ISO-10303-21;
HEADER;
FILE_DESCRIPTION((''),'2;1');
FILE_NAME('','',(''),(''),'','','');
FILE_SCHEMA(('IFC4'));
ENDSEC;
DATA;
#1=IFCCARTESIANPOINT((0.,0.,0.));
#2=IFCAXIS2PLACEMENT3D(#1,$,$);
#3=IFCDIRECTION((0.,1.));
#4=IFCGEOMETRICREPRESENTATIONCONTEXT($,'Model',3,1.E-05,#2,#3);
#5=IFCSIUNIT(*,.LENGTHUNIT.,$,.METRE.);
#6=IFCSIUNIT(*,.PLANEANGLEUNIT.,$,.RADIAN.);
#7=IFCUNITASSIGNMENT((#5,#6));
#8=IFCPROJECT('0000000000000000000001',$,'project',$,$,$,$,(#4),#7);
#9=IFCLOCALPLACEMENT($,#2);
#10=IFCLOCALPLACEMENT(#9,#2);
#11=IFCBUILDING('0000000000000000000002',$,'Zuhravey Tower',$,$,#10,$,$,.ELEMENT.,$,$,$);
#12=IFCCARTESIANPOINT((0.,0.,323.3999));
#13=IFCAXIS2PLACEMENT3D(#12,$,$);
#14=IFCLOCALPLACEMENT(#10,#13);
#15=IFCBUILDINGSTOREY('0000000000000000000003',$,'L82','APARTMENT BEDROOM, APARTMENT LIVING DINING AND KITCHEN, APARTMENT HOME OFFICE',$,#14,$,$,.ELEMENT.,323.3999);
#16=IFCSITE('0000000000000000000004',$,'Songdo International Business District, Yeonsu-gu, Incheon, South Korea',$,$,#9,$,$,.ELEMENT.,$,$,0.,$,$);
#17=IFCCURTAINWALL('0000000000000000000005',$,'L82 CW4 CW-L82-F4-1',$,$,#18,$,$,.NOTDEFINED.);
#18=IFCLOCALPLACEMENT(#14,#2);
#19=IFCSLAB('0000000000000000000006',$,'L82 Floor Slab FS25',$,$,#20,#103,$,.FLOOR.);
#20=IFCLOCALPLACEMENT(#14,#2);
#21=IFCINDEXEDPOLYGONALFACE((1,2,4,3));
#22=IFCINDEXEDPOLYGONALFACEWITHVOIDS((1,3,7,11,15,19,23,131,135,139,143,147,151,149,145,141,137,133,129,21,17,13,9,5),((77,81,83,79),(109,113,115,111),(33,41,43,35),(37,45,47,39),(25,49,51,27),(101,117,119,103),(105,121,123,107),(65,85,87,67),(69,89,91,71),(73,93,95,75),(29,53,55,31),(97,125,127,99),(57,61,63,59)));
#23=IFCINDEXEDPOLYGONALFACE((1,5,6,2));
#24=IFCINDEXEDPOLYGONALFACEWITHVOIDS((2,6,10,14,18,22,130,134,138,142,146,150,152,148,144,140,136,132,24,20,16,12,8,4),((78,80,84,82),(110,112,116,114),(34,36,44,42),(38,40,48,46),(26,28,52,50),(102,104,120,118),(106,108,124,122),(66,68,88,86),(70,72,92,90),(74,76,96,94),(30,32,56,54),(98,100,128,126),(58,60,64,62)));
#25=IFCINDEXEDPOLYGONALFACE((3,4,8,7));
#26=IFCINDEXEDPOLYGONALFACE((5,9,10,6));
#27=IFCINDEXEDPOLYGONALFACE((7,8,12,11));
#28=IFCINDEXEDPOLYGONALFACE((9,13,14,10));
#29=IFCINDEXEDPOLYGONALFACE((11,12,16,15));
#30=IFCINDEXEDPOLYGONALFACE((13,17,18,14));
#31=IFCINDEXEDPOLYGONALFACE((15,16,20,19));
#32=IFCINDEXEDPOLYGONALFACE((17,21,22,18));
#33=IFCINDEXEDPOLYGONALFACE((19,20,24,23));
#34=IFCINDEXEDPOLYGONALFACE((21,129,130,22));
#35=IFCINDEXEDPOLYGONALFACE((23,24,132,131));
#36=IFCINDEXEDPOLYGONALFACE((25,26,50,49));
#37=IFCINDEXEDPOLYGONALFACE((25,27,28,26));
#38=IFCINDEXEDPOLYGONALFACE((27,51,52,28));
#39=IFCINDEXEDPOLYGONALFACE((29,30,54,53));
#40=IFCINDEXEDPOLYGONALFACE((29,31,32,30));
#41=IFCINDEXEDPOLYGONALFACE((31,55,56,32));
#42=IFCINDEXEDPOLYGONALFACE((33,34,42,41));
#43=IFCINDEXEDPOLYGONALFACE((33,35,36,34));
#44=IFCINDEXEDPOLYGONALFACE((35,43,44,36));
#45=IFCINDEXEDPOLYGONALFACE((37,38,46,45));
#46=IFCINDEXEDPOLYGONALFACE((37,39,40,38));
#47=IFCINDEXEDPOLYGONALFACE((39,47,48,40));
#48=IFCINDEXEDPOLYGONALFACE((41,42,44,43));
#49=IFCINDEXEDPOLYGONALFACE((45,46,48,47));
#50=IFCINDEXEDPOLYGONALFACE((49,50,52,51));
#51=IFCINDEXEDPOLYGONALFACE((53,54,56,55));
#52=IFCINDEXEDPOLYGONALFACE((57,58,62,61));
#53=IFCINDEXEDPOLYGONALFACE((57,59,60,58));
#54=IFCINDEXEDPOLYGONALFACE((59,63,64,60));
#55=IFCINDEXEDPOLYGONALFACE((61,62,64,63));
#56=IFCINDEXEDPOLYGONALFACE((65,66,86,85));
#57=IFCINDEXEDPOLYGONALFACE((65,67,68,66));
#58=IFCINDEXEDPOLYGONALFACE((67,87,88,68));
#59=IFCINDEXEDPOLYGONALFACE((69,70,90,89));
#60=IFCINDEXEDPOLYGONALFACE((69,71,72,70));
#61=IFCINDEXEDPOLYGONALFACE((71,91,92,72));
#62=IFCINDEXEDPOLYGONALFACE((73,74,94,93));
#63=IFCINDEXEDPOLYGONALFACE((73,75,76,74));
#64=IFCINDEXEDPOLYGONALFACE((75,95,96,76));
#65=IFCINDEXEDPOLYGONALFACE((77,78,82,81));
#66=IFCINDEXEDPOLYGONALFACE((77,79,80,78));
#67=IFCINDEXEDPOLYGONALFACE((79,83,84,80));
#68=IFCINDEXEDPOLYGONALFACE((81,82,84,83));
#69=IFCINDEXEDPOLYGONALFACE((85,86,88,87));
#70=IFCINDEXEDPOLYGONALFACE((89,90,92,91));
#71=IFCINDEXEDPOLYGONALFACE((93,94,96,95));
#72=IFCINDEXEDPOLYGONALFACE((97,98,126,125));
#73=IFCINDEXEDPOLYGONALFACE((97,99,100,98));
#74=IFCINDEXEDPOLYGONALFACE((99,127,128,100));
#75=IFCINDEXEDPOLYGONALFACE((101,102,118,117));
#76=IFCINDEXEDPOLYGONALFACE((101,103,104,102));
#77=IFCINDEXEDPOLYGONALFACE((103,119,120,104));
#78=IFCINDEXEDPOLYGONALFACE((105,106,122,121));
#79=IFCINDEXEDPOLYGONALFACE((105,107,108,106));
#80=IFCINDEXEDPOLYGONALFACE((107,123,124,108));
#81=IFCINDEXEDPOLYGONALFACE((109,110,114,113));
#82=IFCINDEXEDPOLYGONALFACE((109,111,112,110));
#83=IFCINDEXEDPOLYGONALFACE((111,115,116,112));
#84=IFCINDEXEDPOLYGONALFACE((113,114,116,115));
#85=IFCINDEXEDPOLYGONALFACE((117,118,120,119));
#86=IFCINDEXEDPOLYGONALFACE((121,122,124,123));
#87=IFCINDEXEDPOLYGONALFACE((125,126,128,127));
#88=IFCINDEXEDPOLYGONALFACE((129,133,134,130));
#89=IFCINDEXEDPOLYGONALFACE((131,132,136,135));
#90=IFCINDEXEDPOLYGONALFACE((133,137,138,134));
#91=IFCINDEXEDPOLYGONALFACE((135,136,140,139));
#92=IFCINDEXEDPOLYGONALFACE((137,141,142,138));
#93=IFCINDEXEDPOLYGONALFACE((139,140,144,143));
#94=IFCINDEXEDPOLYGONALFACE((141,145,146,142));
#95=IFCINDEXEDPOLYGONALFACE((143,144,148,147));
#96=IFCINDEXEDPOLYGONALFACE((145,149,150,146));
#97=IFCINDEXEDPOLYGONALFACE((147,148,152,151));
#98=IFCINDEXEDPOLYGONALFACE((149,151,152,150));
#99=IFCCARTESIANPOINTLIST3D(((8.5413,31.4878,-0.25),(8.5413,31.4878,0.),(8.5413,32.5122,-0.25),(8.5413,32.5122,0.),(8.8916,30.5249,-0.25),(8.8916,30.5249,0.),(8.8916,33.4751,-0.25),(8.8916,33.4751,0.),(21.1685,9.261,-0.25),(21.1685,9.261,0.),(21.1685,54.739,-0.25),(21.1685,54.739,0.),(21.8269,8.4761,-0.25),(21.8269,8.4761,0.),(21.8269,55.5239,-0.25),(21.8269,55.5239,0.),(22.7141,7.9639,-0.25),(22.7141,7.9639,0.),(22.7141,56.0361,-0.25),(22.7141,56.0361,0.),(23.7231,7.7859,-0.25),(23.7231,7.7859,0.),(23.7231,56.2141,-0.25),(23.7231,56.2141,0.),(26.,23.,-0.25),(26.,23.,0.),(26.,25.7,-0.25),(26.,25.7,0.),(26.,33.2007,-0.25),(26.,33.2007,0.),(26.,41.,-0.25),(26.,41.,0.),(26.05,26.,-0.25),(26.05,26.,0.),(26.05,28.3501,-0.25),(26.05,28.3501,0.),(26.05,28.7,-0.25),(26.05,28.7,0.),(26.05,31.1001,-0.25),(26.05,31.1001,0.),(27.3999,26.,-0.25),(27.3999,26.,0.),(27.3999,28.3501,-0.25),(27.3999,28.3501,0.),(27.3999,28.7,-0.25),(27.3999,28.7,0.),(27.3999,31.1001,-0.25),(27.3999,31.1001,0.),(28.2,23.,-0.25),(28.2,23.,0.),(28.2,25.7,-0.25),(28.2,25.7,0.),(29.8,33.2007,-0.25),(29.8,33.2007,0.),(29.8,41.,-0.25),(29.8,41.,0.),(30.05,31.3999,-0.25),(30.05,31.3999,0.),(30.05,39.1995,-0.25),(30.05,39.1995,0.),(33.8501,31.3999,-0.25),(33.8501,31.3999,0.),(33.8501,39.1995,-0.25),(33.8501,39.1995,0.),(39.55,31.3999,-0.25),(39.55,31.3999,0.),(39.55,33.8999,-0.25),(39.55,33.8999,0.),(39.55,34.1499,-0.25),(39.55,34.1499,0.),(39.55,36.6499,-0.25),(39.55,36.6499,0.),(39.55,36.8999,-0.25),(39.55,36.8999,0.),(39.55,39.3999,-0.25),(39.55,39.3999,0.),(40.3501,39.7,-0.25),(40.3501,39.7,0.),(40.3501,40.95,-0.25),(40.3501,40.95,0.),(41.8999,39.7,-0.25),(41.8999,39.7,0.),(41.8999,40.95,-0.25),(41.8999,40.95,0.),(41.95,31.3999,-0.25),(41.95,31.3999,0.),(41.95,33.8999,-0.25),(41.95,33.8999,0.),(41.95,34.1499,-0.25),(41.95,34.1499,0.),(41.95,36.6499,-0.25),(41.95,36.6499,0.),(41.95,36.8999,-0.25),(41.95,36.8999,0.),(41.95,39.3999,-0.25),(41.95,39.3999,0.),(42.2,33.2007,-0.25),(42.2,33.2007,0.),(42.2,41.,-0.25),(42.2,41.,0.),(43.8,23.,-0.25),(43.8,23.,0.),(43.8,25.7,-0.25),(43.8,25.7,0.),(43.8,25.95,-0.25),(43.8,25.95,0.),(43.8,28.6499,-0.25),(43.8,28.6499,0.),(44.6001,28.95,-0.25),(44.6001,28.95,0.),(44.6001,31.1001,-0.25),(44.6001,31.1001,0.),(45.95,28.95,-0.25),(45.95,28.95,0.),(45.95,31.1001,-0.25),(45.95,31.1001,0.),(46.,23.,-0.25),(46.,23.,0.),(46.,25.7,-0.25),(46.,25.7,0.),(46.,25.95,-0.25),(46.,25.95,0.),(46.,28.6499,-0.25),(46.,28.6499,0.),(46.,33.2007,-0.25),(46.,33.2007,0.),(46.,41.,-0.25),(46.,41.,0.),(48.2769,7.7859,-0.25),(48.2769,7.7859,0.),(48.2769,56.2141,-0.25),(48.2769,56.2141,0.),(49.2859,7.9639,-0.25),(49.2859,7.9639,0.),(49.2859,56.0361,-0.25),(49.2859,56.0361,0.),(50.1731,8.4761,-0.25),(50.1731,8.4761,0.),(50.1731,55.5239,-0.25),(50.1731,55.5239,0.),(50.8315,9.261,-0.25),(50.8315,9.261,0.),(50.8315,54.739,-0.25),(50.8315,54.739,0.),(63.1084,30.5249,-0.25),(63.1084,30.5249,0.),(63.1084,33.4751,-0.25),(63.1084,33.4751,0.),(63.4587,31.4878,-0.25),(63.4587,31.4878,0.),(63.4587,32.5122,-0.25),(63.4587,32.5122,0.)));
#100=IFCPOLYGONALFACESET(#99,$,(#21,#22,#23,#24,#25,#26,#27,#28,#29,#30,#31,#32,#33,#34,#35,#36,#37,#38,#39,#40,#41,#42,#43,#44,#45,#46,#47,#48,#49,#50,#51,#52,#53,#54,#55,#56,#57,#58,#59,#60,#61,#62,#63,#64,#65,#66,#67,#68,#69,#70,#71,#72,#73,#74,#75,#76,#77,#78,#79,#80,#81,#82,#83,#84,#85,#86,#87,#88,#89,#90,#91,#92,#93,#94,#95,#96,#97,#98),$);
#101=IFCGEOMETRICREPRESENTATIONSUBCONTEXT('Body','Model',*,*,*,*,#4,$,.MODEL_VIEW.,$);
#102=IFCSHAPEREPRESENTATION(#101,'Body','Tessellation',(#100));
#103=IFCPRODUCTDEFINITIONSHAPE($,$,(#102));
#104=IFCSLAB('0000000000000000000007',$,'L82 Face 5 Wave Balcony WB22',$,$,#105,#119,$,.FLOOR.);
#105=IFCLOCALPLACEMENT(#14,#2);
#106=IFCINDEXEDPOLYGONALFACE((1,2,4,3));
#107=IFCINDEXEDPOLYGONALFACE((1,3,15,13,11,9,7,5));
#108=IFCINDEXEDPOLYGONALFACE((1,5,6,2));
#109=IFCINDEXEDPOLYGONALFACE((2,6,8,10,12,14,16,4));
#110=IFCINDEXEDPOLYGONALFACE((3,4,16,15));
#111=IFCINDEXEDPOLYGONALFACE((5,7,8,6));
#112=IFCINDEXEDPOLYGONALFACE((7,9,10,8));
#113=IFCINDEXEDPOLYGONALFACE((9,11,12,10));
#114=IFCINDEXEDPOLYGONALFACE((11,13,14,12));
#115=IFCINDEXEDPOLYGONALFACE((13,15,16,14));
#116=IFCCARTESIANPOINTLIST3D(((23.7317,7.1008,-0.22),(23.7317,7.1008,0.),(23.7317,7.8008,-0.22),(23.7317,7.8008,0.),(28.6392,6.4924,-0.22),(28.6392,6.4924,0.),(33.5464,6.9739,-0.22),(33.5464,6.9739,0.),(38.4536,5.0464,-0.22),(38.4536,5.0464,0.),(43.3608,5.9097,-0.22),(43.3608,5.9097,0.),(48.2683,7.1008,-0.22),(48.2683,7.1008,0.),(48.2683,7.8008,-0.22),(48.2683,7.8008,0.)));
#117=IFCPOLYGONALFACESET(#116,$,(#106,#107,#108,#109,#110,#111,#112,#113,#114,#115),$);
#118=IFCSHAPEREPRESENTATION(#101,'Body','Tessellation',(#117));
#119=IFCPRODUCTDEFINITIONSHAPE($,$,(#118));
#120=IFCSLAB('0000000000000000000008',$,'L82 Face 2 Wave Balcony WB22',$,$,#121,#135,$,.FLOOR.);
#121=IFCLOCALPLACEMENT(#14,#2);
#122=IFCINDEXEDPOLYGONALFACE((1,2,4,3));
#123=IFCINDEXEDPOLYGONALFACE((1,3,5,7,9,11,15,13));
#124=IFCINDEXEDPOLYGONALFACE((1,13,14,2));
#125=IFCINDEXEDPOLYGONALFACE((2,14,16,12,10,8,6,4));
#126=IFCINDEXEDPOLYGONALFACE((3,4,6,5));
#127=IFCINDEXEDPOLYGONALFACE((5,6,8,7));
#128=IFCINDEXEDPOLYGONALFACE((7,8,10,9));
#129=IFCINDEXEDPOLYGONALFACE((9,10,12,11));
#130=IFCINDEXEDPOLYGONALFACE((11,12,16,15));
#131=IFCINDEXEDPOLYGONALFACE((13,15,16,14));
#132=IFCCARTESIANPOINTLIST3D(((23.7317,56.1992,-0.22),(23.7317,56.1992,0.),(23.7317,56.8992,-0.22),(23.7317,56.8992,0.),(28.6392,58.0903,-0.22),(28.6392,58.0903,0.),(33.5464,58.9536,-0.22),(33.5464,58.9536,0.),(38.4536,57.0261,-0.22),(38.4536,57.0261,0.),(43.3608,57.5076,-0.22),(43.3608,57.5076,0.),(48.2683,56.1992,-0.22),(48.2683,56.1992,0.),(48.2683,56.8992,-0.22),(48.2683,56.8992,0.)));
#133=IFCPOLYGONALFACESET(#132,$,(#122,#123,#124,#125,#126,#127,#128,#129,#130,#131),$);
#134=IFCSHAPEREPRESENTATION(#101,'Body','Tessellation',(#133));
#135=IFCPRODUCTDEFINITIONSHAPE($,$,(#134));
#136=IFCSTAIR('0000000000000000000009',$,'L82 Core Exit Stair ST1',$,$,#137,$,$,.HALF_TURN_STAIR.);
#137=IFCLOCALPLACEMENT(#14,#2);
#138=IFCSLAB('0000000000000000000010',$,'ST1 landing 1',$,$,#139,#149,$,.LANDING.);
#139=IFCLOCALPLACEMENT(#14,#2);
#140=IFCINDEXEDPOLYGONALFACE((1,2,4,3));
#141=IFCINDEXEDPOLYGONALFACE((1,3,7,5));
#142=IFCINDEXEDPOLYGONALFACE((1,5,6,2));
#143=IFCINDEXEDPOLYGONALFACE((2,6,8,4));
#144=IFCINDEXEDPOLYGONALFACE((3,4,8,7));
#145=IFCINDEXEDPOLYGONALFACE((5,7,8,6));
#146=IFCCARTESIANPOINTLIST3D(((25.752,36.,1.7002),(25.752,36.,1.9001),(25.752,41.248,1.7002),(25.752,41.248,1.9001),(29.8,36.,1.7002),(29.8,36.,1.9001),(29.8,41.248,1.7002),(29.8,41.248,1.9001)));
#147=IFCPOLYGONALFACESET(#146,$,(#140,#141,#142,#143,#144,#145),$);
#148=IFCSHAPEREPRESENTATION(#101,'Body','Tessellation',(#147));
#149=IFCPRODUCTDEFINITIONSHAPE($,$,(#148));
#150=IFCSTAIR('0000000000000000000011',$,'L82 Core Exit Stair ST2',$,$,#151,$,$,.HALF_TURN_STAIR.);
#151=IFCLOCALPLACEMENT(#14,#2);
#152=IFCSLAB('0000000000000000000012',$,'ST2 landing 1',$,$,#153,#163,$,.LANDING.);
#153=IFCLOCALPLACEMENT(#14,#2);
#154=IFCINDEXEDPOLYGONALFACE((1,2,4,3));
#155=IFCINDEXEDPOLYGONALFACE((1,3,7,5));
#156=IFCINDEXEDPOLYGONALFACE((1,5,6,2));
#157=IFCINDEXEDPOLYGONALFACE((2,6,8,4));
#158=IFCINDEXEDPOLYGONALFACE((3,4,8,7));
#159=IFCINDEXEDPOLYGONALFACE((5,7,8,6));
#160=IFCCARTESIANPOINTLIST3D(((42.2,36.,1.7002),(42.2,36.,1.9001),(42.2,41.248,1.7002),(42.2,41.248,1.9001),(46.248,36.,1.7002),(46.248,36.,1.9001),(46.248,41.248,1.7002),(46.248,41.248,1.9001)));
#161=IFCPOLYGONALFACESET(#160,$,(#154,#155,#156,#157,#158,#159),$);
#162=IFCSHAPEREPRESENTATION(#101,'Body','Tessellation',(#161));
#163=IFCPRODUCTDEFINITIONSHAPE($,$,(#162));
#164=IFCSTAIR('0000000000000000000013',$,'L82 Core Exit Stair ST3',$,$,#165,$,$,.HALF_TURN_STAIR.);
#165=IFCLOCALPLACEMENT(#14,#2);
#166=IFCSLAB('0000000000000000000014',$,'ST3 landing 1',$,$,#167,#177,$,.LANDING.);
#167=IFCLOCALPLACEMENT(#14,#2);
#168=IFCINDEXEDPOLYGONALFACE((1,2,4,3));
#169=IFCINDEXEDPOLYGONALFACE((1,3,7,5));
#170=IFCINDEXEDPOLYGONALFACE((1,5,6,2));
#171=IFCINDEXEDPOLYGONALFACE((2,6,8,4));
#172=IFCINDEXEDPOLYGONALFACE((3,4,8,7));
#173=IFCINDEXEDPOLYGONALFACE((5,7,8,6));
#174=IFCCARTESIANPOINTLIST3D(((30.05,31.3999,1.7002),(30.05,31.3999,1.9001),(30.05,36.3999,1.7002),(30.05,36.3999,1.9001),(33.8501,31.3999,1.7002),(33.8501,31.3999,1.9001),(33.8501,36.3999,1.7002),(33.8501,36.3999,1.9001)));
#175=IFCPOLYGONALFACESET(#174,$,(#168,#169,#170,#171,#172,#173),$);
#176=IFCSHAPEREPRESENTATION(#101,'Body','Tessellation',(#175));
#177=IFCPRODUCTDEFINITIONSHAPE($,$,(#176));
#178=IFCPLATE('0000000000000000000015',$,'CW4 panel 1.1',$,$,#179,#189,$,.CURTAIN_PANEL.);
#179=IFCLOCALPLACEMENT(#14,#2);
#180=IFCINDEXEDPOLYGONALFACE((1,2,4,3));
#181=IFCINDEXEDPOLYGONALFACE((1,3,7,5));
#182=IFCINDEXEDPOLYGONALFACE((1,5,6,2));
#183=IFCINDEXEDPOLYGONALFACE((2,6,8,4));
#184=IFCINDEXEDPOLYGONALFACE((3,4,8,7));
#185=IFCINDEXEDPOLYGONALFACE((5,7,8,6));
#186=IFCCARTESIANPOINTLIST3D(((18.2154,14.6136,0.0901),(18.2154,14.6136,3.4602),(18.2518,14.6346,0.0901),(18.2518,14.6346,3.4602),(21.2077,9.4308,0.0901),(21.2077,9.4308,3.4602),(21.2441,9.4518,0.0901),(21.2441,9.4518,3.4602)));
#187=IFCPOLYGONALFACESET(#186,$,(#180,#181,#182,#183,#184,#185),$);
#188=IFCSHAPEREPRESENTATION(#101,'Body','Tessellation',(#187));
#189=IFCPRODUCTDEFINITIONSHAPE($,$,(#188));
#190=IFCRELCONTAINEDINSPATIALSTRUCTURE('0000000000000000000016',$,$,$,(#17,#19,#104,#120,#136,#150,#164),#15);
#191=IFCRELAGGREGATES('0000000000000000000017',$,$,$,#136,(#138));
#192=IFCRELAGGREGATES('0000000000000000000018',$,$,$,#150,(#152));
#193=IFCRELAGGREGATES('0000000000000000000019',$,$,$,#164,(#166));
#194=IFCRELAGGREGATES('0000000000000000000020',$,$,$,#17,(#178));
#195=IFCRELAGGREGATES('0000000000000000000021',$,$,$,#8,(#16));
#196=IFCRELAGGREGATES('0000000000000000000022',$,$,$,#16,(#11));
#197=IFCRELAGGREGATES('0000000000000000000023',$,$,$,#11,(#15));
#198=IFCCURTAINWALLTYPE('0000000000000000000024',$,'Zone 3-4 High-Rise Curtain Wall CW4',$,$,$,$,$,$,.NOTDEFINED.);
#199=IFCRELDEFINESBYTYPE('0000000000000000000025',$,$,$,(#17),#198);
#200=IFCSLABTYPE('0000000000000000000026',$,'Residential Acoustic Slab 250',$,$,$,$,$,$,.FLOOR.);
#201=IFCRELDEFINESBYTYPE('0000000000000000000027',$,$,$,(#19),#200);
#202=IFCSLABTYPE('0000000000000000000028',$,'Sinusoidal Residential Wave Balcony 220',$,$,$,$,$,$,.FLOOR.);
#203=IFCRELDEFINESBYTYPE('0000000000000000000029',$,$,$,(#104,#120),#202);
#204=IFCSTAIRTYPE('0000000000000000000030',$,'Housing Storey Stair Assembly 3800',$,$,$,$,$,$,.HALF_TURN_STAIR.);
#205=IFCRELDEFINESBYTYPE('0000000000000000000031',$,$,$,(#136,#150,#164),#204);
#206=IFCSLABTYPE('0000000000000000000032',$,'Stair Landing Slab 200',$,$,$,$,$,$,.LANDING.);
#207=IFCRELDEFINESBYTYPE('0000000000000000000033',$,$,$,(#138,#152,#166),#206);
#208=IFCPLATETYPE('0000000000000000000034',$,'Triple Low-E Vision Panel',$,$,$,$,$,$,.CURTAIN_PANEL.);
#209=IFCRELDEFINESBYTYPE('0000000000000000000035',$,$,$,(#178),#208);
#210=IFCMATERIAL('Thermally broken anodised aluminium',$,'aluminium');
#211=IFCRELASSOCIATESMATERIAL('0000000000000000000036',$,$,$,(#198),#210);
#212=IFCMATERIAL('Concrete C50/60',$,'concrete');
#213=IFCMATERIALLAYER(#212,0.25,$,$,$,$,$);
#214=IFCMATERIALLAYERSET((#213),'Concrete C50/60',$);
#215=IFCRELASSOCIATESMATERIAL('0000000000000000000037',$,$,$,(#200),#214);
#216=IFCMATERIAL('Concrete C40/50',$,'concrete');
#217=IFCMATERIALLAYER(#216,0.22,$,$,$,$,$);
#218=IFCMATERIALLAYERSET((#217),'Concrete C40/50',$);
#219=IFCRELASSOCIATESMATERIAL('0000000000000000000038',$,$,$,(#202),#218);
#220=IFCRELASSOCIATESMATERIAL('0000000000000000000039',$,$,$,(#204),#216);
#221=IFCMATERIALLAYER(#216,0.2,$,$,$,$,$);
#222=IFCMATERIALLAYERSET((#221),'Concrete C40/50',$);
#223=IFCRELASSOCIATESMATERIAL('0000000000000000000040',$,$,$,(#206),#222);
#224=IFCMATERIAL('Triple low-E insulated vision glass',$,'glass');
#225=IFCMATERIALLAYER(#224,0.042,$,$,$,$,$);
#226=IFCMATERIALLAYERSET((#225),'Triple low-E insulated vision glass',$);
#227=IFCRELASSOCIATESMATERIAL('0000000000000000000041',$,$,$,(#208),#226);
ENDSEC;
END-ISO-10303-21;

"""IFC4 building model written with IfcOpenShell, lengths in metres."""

from ifc_helpers import new_model, si_unit, direction, frame, origin, origin_2d, place, context, subcontext, project, spatial, polyline, rectangle, outline, extrude, material, layer, layer_set, type_object, element, aggregate, save


model = new_model("IFC4")

# Units and contexts
model_context = context("Model", 3, precision=1e-05, world=origin(), true_north=direction((0.0, 1.0)))
body_context = subcontext(model_context, "Body", "Model", "MODEL_VIEW")
ifc_project = project(units=[si_unit("LENGTHUNIT", "METRE"), si_unit("PLANEANGLEUNIT", "RADIAN")], contexts=[model_context])

# Site, building, storey
site_placement = place(None, origin())
site = spatial("IfcSite", under=ifc_project, at=site_placement, Name="Songdo International Business District, Yeonsu-gu, Incheon, South Korea", CompositionType="ELEMENT", RefElevation=0.0)
building_placement = place(site_placement, origin())
building = spatial("IfcBuilding", under=site, at=building_placement, Name="Zuhravey Tower", CompositionType="ELEMENT")
storey_placement = place(building_placement, frame((0.0, 0.0, 323.3999)))
storey = spatial("IfcBuildingStorey", under=building, at=storey_placement, Name="L82", Description="APARTMENT BEDROOM, APARTMENT LIVING DINING AND KITCHEN, APARTMENT HOME OFFICE", CompositionType="ELEMENT", Elevation=323.3999)

# Shared definitions
ifc_material_1 = material(Name="Concrete C50/60", Category="concrete")

# Curtain wall
ifc_material_2 = material(Name="Thermally broken anodised aluminium", Category="aluminium")
curtain_wall_type = type_object("IfcCurtainWallType", Name="Zone 3-4 High-Rise Curtain Wall CW4", PredefinedType="NOTDEFINED", material=ifc_material_2)
curtain_wall_placement = place(storey_placement, origin())
curtain_wall = element("IfcCurtainWall", 1, at=curtain_wall_placement, inside=storey, type_object=curtain_wall_type, Name="L82 CW4 CW-L82-F4-1", PredefinedType="NOTDEFINED")

# Slabs
ifc_layer_1 = layer(ifc_material_1, 0.25)
ifc_layer_set_1 = layer_set([ifc_layer_1], Name="Concrete C50/60")
slab_type_1 = type_object("IfcSlabType", Name="Residential Acoustic Slab 250", PredefinedType="FLOOR", material=ifc_layer_set_1)
slab_1_placement = place(storey_placement, frame((0.0, 0.0, -0.25)))
element("IfcSlab", 2, at=slab_1_placement, inside=storey, type_object=slab_type_1, Name="L82 Floor Slab FS25", PredefinedType="FLOOR", context=body_context, shape_type="SweptSolid", body=[
    extrude(outline(polyline([(63.1084, 30.5249), (63.4587, 31.4878), (63.4587, 32.5122), (63.1084, 33.4751), (50.8315, 54.739), (50.1731, 55.5239), (49.2859, 56.0361), (48.2769, 56.2141), (23.7231, 56.2141), (22.7141, 56.0361), (21.8269, 55.5239), (21.1685, 54.739), (8.8916, 33.4751), (8.5413, 32.5122), (8.5413, 31.4878), (8.8916, 30.5249), (21.1685, 9.261), (21.8269, 8.4761), (22.7141, 7.9639), (23.7231, 7.7859), (48.2769, 7.7859), (49.2859, 7.9639), (50.1731, 8.4761), (50.8315, 9.261), (63.1084, 30.5249)]), holes=[polyline([(29.8, 33.2007), (29.8, 41.0), (26.0, 41.0), (26.0, 33.2007), (29.8, 33.2007)]), polyline([(46.0, 33.2007), (46.0, 41.0), (42.2, 41.0), (42.2, 33.2007), (46.0, 33.2007)]), polyline([(30.05, 39.1995), (30.05, 31.3999), (33.8501, 31.3999), (33.8501, 39.1995), (30.05, 39.1995)]), polyline([(39.55, 31.3999), (41.95, 31.3999), (41.95, 33.8999), (39.55, 33.8999), (39.55, 31.3999)]), polyline([(39.55, 34.1499), (41.95, 34.1499), (41.95, 36.6499), (39.55, 36.6499), (39.55, 34.1499)]), polyline([(39.55, 36.8999), (41.95, 36.8999), (41.95, 39.3999), (39.55, 39.3999), (39.55, 36.8999)]), polyline([(26.0, 23.0), (28.2, 23.0), (28.2, 25.7), (26.0, 25.7), (26.0, 23.0)]), polyline([(43.8, 23.0), (46.0, 23.0), (46.0, 25.7), (43.8, 25.7), (43.8, 23.0)]), polyline([(43.8, 25.95), (46.0, 25.95), (46.0, 28.6499), (43.8, 28.6499), (43.8, 25.95)]), polyline([(26.05, 26.0), (27.3999, 26.0), (27.3999, 28.3501), (26.05, 28.3501), (26.05, 26.0)]), polyline([(26.05, 28.7), (27.3999, 28.7), (27.3999, 31.1001), (26.05, 31.1001), (26.05, 28.7)]), polyline([(44.6001, 28.95), (45.95, 28.95), (45.95, 31.1001), (44.6001, 31.1001), (44.6001, 28.95)]), polyline([(40.3501, 39.7), (41.8999, 39.7), (41.8999, 40.95), (40.3501, 40.95), (40.3501, 39.7)])]), origin(), (0.0, 0.0, 1.0), 0.25),
])
ifc_material_3 = material(Name="Concrete C40/50", Category="concrete")
ifc_layer_2 = layer(ifc_material_3, 0.22)
ifc_layer_set_2 = layer_set([ifc_layer_2], Name="Concrete C40/50")
slab_type_2 = type_object("IfcSlabType", Name="Sinusoidal Residential Wave Balcony 220", PredefinedType="FLOOR", material=ifc_layer_set_2)
slab_2_placement = place(storey_placement, frame((0.0, 0.0, -0.22)))
element("IfcSlab", 3, at=slab_2_placement, inside=storey, type_object=slab_type_2, Name="L82 Face 5 Wave Balcony WB22", PredefinedType="FLOOR", context=body_context, shape_type="SweptSolid", body=[
    extrude(outline(polyline([(23.7317, 7.8008), (48.2683, 7.8008), (48.2683, 7.1008), (43.3608, 5.9097), (38.4536, 5.0464), (33.5464, 6.9739), (28.6392, 6.4924), (23.7317, 7.1008), (23.7317, 7.8008)])), origin(), (0.0, 0.0, 1.0), 0.22),
])
slab_3_placement = place(storey_placement, frame((0.0, 0.0, -0.22)))
element("IfcSlab", 4, at=slab_3_placement, inside=storey, type_object=slab_type_2, Name="L82 Face 2 Wave Balcony WB22", PredefinedType="FLOOR", context=body_context, shape_type="SweptSolid", body=[
    extrude(outline(polyline([(48.2683, 56.1992), (23.7317, 56.1992), (23.7317, 56.8992), (28.6392, 58.0903), (33.5464, 58.9536), (38.4536, 57.0261), (43.3608, 57.5076), (48.2683, 56.8992), (48.2683, 56.1992)])), origin(), (0.0, 0.0, 1.0), 0.22),
])

# Stairs, slabs
stair_type = type_object("IfcStairType", Name="Housing Storey Stair Assembly 3800", PredefinedType="HALF_TURN_STAIR", material=ifc_material_3)
stair_1_placement = place(storey_placement, origin())
stair_1 = element("IfcStair", 5, at=stair_1_placement, inside=storey, type_object=stair_type, Name="L82 Core Exit Stair ST1", PredefinedType="HALF_TURN_STAIR")
ifc_layer_3 = layer(ifc_material_3, 0.2)
ifc_layer_set_3 = layer_set([ifc_layer_3], Name="Concrete C40/50")
slab_type_3 = type_object("IfcSlabType", Name="Stair Landing Slab 200", PredefinedType="LANDING", material=ifc_layer_set_3)
slab_4_placement = place(storey_placement, frame((0.0, 0.0, 1.7002)))
slab_4 = element("IfcSlab", 6, at=slab_4_placement, type_object=slab_type_3, Name="ST1 landing 1", PredefinedType="LANDING", context=body_context, shape_type="SweptSolid", body=[
    extrude(outline(polyline([(29.8, 36.0), (29.8, 41.248), (25.752, 41.248), (25.752, 36.0), (29.8, 36.0)])), origin(), (0.0, 0.0, 1.0), 0.2),
])
aggregate(stair_1, [slab_4])
stair_2_placement = place(storey_placement, origin())
stair_2 = element("IfcStair", 7, at=stair_2_placement, inside=storey, type_object=stair_type, Name="L82 Core Exit Stair ST2", PredefinedType="HALF_TURN_STAIR")
slab_5_placement = place(storey_placement, frame((0.0, 0.0, 1.7002)))
slab_5 = element("IfcSlab", 8, at=slab_5_placement, type_object=slab_type_3, Name="ST2 landing 1", PredefinedType="LANDING", context=body_context, shape_type="SweptSolid", body=[
    extrude(outline(polyline([(46.248, 36.0), (46.248, 41.248), (42.2, 41.248), (42.2, 36.0), (46.248, 36.0)])), origin(), (0.0, 0.0, 1.0), 0.2),
])
aggregate(stair_2, [slab_5])
stair_3_placement = place(storey_placement, origin())
stair_3 = element("IfcStair", 9, at=stair_3_placement, inside=storey, type_object=stair_type, Name="L82 Core Exit Stair ST3", PredefinedType="HALF_TURN_STAIR")
slab_6_placement = place(storey_placement, frame((0.0, 0.0, 1.7002)))
slab_6 = element("IfcSlab", 10, at=slab_6_placement, type_object=slab_type_3, Name="ST3 landing 1", PredefinedType="LANDING", context=body_context, shape_type="SweptSolid", body=[
    extrude(outline(polyline([(30.05, 36.3999), (30.05, 31.3999), (33.8501, 31.3999), (33.8501, 36.3999), (30.05, 36.3999)])), origin(), (0.0, 0.0, 1.0), 0.2),
])
aggregate(stair_3, [slab_6])

# Plate
ifc_material_4 = material(Name="Triple low-E insulated vision glass", Category="glass")
ifc_layer_4 = layer(ifc_material_4, 0.042)
ifc_layer_set_4 = layer_set([ifc_layer_4], Name="Triple low-E insulated vision glass")
plate_type_1 = type_object("IfcPlateType", Name="Triple Low-E Vision Panel", PredefinedType="CURTAIN_PANEL", material=ifc_layer_set_4)
plate_1_placement = place(storey_placement, frame((19.7297, 12.0327, 0.0901), z_axis=(0.0, 0.0, 1.0), x_axis=(-0.5, 0.866026, 0.0)))
plate_1 = element("IfcPlate", 11, at=plate_1_placement, type_object=plate_type_1, Name="CW4 panel 1.1", PredefinedType="CURTAIN_PANEL", context=body_context, shape_type="SweptSolid", body=[
    extrude(rectangle(XDim=5.9846, YDim=0.042, at=origin_2d()), origin(), (0.0, 0.0, 1.0), 3.3701),
])
aggregate(curtain_wall, [plate_1])

save(model, "model.ifc")
